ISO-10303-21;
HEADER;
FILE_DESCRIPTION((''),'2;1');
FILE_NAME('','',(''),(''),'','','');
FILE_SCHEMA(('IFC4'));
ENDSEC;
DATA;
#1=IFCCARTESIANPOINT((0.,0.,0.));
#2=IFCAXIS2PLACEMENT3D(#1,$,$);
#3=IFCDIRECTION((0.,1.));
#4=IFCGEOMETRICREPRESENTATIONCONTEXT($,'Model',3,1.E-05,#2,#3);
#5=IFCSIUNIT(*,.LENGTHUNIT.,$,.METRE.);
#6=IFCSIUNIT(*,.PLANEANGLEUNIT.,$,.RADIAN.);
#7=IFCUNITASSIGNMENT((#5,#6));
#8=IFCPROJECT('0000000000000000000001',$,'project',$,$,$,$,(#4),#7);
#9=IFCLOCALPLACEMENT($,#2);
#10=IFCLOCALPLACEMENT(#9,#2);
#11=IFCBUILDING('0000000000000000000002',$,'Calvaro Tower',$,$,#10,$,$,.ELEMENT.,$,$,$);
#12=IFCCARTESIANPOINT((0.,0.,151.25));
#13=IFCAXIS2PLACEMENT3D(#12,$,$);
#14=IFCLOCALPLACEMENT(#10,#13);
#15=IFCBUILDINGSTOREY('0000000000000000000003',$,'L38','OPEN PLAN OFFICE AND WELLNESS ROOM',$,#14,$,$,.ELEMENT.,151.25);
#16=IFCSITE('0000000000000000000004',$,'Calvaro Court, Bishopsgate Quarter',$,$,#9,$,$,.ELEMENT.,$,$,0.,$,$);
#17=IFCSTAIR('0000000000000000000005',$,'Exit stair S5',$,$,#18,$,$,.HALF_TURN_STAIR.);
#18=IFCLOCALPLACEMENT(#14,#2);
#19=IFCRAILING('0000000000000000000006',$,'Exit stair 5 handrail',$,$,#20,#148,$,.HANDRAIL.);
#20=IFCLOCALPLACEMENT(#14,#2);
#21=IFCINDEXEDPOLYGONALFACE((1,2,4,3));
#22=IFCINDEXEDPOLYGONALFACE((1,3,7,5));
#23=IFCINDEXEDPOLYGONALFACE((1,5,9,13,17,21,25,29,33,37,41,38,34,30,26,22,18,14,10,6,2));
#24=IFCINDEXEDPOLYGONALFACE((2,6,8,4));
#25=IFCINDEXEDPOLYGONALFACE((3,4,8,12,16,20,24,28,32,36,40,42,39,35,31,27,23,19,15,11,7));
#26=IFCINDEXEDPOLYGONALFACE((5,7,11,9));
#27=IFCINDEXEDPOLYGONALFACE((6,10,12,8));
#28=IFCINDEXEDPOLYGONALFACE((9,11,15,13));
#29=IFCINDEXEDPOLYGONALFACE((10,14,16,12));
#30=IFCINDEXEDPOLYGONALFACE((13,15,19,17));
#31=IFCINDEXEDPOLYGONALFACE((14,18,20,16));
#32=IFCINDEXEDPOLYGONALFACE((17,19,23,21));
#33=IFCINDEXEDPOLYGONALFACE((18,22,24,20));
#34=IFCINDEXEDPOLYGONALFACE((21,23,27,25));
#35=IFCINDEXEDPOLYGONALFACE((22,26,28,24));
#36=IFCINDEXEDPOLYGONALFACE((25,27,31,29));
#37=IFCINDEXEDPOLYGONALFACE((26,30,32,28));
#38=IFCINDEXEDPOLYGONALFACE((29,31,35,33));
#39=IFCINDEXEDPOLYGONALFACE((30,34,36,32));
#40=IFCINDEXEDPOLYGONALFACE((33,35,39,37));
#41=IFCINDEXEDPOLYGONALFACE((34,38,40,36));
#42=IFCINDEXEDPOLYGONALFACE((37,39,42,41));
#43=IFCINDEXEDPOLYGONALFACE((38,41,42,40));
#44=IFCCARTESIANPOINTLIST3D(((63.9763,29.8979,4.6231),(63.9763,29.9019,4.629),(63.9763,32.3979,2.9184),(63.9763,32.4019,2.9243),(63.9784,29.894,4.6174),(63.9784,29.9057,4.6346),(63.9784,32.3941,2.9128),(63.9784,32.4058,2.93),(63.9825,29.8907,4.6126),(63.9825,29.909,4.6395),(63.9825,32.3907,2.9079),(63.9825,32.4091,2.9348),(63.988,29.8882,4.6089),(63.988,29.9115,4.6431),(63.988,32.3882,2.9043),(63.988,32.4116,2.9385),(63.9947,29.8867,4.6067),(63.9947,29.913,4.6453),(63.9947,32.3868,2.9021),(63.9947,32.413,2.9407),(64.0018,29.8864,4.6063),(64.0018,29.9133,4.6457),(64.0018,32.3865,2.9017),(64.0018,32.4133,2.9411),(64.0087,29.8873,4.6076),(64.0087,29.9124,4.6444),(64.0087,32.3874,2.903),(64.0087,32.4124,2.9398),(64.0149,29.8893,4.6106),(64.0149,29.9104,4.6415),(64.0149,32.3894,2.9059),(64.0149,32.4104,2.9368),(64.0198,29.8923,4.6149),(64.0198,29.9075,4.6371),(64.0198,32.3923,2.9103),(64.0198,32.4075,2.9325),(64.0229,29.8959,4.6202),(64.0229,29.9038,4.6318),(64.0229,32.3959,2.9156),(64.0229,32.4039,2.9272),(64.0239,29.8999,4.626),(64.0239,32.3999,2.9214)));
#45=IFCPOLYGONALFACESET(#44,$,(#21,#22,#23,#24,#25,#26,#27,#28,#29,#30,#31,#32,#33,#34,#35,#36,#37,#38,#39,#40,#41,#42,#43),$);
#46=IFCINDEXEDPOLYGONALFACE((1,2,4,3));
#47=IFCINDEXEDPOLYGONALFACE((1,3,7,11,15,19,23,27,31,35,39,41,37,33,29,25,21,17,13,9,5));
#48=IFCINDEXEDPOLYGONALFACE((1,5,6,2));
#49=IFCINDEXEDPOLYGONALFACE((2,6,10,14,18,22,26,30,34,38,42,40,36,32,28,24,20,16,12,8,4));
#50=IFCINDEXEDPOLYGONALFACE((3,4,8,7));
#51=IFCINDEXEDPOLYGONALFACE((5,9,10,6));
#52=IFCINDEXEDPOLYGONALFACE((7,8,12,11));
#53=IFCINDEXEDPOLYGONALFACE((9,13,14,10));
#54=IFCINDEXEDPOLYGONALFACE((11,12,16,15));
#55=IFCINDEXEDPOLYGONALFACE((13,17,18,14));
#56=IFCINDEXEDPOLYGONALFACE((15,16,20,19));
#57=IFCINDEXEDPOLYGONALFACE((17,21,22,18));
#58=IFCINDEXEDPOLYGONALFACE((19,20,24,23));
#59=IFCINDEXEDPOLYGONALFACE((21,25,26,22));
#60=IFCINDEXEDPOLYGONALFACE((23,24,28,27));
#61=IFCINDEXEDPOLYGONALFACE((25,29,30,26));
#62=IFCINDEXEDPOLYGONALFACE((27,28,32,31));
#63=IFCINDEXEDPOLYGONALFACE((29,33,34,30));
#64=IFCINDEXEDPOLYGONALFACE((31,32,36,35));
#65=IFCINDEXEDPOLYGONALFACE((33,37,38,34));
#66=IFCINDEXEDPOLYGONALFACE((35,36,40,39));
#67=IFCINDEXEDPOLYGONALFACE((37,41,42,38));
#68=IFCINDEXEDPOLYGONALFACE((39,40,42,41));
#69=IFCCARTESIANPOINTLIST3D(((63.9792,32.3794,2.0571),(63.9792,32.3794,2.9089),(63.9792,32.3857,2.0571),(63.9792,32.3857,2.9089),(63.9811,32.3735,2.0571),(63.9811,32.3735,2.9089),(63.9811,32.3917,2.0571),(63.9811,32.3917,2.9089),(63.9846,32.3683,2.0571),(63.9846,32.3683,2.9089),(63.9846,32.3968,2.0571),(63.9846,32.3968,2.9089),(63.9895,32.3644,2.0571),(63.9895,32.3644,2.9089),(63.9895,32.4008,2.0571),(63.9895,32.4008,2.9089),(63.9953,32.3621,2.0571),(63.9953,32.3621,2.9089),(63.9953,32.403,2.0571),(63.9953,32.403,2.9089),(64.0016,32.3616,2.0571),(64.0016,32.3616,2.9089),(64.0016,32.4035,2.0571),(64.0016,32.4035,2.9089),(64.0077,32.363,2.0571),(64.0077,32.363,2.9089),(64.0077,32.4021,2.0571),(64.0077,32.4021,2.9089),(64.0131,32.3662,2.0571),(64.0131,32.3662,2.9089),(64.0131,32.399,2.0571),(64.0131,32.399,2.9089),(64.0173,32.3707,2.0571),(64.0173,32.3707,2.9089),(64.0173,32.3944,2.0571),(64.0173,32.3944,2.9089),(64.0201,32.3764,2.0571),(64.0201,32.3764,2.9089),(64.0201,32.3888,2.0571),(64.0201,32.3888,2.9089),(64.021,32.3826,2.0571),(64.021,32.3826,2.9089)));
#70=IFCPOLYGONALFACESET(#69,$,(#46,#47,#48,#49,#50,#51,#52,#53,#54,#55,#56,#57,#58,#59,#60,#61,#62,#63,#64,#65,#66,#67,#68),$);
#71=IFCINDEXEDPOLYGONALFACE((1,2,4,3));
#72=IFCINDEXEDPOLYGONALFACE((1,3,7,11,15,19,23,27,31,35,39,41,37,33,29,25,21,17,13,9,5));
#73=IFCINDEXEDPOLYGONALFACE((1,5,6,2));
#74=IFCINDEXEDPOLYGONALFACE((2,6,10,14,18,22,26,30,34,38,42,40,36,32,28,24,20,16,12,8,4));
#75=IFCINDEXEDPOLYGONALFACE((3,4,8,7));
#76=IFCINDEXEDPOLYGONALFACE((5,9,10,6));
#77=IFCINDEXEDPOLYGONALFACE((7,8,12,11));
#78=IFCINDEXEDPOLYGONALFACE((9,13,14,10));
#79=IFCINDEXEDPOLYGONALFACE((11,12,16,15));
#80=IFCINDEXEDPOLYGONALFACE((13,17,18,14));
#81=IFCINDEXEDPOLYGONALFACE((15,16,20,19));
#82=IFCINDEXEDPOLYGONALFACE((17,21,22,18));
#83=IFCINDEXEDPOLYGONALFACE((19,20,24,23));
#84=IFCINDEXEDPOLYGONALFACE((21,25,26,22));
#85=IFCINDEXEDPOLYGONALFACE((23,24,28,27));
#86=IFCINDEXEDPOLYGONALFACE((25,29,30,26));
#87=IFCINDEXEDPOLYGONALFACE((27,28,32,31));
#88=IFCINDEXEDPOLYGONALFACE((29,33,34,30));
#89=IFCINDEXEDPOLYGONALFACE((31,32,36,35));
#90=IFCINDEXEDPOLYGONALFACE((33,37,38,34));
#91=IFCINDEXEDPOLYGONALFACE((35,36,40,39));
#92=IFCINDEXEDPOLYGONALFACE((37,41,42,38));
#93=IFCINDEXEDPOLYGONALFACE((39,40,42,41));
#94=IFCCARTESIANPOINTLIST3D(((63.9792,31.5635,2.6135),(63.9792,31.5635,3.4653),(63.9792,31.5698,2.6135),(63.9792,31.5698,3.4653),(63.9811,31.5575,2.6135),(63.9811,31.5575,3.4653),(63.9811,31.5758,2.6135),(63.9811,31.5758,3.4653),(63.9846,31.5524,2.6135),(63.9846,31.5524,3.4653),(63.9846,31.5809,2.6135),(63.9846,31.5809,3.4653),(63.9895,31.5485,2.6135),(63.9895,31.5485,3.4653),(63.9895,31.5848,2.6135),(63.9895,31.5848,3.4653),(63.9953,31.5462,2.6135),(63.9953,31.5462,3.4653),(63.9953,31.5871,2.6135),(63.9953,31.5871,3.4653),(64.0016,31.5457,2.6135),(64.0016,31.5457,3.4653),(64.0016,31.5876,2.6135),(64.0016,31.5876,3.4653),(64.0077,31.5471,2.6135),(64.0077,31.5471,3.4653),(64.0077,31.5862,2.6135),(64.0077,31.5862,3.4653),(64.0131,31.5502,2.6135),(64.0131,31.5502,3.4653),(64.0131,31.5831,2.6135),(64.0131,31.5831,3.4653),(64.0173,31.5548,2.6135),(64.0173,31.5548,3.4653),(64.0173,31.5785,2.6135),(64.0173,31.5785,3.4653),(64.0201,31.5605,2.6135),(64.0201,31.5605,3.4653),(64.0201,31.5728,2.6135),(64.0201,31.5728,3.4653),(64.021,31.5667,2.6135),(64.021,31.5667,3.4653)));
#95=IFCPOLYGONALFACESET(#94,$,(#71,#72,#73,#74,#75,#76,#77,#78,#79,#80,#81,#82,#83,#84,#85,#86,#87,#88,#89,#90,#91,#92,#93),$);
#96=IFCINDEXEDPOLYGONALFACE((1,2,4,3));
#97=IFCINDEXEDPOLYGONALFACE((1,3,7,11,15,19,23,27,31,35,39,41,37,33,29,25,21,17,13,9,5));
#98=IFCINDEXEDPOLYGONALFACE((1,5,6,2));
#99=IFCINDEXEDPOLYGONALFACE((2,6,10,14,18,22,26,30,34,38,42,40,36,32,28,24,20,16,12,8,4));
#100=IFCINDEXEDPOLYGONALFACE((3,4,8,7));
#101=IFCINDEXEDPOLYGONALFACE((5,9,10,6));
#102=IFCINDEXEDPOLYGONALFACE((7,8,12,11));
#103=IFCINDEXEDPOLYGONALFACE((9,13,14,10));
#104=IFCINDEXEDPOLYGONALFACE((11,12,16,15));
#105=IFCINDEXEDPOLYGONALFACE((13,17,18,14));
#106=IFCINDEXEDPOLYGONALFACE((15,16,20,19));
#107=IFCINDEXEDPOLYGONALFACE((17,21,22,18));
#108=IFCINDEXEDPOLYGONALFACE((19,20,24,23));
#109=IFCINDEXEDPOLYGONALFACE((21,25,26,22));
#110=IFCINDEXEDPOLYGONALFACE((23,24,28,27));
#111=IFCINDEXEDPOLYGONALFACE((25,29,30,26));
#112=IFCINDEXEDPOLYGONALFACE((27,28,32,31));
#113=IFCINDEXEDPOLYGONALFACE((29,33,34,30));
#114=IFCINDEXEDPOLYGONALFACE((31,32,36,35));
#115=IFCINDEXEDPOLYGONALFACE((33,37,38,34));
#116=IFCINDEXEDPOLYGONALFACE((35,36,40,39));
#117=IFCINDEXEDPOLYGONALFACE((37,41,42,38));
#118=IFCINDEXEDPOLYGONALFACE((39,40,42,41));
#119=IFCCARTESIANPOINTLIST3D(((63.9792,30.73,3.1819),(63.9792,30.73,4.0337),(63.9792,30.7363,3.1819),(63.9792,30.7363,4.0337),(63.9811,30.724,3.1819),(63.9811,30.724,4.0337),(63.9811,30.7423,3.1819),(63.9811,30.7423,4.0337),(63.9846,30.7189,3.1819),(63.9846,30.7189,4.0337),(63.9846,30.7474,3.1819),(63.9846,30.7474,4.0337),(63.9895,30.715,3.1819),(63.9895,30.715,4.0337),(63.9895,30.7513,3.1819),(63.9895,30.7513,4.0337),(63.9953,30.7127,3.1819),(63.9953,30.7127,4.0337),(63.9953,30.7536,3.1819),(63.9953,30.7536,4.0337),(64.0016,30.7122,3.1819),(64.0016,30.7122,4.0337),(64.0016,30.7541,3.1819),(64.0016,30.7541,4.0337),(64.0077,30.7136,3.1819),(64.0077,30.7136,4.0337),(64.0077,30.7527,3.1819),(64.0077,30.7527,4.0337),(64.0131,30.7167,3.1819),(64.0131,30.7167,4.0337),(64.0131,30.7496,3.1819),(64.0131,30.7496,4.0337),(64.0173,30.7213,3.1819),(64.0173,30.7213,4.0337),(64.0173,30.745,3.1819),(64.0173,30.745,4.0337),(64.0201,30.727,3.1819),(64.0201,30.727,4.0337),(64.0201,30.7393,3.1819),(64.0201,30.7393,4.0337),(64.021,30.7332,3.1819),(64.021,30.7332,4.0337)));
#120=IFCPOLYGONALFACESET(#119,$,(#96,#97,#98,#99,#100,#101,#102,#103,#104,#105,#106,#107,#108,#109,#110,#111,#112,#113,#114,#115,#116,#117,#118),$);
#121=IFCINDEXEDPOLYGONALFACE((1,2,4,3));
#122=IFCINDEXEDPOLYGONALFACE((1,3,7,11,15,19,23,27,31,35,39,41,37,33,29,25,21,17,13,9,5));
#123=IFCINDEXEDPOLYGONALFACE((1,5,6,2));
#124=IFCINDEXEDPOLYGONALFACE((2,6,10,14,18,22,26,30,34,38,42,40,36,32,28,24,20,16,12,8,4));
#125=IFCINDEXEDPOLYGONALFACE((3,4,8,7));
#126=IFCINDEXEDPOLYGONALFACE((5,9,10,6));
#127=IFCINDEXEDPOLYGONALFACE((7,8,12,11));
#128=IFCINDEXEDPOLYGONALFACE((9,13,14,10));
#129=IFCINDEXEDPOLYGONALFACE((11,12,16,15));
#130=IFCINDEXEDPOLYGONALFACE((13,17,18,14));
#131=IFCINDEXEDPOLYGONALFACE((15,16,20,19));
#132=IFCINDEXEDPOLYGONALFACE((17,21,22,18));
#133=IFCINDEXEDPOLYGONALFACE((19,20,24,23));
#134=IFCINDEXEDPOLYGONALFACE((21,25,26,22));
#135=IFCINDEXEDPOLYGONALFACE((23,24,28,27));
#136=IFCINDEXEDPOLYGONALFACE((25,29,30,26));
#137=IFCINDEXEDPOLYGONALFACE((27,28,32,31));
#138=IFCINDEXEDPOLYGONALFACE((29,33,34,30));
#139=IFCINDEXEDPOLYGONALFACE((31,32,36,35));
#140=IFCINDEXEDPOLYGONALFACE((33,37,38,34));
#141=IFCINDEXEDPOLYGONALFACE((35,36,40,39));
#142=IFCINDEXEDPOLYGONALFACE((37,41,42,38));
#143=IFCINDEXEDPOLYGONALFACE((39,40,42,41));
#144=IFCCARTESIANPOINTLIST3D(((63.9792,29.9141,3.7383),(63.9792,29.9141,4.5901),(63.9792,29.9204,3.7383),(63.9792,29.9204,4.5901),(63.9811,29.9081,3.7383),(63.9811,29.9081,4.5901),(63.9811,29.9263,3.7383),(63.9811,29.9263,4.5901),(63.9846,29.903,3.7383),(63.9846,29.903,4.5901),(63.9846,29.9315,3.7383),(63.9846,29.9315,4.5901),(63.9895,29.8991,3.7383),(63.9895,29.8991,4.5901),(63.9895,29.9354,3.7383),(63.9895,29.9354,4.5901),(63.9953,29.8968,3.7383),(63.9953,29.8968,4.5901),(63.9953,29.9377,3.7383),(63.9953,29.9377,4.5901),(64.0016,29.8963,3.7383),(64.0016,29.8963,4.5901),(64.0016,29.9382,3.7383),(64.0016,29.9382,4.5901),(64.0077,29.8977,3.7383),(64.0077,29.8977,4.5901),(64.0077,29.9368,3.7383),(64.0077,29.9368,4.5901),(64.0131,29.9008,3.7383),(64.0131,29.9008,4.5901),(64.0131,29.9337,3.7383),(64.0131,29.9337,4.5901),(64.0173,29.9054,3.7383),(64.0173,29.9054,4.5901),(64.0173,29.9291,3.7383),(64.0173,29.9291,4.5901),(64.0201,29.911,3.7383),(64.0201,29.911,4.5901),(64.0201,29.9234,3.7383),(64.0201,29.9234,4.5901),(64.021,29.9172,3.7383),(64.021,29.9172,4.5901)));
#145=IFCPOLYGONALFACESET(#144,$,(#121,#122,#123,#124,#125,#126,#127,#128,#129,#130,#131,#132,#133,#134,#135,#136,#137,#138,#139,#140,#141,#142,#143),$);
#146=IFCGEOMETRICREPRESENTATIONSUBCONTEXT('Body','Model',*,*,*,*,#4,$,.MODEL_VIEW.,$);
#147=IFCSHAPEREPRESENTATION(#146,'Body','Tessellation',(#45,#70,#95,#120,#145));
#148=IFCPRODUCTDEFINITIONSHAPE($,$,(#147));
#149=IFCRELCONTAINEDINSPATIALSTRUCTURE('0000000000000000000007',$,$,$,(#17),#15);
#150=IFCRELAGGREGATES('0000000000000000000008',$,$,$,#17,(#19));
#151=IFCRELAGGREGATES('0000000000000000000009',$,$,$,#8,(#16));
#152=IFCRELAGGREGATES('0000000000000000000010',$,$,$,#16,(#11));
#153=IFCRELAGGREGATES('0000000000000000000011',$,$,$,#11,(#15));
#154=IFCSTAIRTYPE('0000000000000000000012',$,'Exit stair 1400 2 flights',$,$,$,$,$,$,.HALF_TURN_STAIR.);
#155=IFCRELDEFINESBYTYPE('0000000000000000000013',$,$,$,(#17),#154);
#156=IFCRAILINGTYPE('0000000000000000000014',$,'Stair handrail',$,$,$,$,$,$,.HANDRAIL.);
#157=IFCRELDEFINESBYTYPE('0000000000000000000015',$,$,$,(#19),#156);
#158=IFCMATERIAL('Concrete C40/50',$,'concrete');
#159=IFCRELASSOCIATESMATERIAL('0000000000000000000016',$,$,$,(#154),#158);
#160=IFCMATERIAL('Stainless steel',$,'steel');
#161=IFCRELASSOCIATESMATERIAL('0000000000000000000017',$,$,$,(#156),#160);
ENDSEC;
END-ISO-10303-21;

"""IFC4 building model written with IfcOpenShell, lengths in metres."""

from ifc_helpers import new_model, si_unit, direction, frame, origin, origin_2d, place, context, subcontext, project, spatial, circle, extrude, material, type_object, element, aggregate, save


model = new_model("IFC4")

# Units and contexts
model_context = context("Model", 3, precision=1e-05, world=origin(), true_north=direction((0.0, 1.0)))
body_context = subcontext(model_context, "Body", "Model", "MODEL_VIEW")
ifc_project = project(units=[si_unit("LENGTHUNIT", "METRE"), si_unit("PLANEANGLEUNIT", "RADIAN")], contexts=[model_context])

# Site, building, storey
site_placement = place(None, origin())
site = spatial("IfcSite", under=ifc_project, at=site_placement, Name="Calvaro Court, Bishopsgate Quarter", CompositionType="ELEMENT", RefElevation=0.0)
building_placement = place(site_placement, origin())
building = spatial("IfcBuilding", under=site, at=building_placement, Name="Calvaro Tower", CompositionType="ELEMENT")
storey_placement = place(building_placement, frame((0.0, 0.0, 151.25)))
storey = spatial("IfcBuildingStorey", under=building, at=storey_placement, Name="L38", Description="OPEN PLAN OFFICE AND WELLNESS ROOM", CompositionType="ELEMENT", Elevation=151.25)

# Stair, railing
ifc_material_1 = material(Name="Concrete C40/50", Category="concrete")
stair_type = type_object("IfcStairType", Name="Exit stair 1400 2 flights", PredefinedType="HALF_TURN_STAIR", material=ifc_material_1)
stair_placement = place(storey_placement, origin())
stair = element("IfcStair", 1, at=stair_placement, inside=storey, type_object=stair_type, Name="Exit stair S5", PredefinedType="HALF_TURN_STAIR")
ifc_material_2 = material(Name="Stainless steel", Category="steel")
railing_type = type_object("IfcRailingType", Name="Stair handrail", PredefinedType="HANDRAIL", material=ifc_material_2)
railing_1_placement = place(storey_placement, frame((64.0, 32.3999, 2.0454)))
railing_1 = element("IfcRailing", 2, at=railing_1_placement, type_object=railing_type, Name="Exit stair 5 handrail", PredefinedType="HANDRAIL", context=body_context, shape_type="SweptSolid", body=[
    extrude(circle(Radius=0.0239, at=origin_2d()), frame((0.0, 0.0, 0.876), z_axis=(0.0, -0.826221, 0.563347), x_axis=(1.0, 0.0, 0.0)), (0.0, 0.0, 1.0), 3.0259),
    extrude(circle(Radius=0.021, at=origin_2d()), frame((0.0, -0.0173, 0.0117)), (0.0, 0.0, 1.0), 0.8518),
    extrude(circle(Radius=0.021, at=origin_2d()), frame((0.0, -0.8333, 0.5681)), (0.0, 0.0, 1.0), 0.8518),
    extrude(circle(Radius=0.021, at=origin_2d()), frame((0.0, -1.6667, 1.1365)), (0.0, 0.0, 1.0), 0.8518),
    extrude(circle(Radius=0.021, at=origin_2d()), frame((0.0, -2.4827, 1.6929)), (0.0, 0.0, 1.0), 0.8518),
])
aggregate(stair, [railing_1])

save(model, "model.ifc")
